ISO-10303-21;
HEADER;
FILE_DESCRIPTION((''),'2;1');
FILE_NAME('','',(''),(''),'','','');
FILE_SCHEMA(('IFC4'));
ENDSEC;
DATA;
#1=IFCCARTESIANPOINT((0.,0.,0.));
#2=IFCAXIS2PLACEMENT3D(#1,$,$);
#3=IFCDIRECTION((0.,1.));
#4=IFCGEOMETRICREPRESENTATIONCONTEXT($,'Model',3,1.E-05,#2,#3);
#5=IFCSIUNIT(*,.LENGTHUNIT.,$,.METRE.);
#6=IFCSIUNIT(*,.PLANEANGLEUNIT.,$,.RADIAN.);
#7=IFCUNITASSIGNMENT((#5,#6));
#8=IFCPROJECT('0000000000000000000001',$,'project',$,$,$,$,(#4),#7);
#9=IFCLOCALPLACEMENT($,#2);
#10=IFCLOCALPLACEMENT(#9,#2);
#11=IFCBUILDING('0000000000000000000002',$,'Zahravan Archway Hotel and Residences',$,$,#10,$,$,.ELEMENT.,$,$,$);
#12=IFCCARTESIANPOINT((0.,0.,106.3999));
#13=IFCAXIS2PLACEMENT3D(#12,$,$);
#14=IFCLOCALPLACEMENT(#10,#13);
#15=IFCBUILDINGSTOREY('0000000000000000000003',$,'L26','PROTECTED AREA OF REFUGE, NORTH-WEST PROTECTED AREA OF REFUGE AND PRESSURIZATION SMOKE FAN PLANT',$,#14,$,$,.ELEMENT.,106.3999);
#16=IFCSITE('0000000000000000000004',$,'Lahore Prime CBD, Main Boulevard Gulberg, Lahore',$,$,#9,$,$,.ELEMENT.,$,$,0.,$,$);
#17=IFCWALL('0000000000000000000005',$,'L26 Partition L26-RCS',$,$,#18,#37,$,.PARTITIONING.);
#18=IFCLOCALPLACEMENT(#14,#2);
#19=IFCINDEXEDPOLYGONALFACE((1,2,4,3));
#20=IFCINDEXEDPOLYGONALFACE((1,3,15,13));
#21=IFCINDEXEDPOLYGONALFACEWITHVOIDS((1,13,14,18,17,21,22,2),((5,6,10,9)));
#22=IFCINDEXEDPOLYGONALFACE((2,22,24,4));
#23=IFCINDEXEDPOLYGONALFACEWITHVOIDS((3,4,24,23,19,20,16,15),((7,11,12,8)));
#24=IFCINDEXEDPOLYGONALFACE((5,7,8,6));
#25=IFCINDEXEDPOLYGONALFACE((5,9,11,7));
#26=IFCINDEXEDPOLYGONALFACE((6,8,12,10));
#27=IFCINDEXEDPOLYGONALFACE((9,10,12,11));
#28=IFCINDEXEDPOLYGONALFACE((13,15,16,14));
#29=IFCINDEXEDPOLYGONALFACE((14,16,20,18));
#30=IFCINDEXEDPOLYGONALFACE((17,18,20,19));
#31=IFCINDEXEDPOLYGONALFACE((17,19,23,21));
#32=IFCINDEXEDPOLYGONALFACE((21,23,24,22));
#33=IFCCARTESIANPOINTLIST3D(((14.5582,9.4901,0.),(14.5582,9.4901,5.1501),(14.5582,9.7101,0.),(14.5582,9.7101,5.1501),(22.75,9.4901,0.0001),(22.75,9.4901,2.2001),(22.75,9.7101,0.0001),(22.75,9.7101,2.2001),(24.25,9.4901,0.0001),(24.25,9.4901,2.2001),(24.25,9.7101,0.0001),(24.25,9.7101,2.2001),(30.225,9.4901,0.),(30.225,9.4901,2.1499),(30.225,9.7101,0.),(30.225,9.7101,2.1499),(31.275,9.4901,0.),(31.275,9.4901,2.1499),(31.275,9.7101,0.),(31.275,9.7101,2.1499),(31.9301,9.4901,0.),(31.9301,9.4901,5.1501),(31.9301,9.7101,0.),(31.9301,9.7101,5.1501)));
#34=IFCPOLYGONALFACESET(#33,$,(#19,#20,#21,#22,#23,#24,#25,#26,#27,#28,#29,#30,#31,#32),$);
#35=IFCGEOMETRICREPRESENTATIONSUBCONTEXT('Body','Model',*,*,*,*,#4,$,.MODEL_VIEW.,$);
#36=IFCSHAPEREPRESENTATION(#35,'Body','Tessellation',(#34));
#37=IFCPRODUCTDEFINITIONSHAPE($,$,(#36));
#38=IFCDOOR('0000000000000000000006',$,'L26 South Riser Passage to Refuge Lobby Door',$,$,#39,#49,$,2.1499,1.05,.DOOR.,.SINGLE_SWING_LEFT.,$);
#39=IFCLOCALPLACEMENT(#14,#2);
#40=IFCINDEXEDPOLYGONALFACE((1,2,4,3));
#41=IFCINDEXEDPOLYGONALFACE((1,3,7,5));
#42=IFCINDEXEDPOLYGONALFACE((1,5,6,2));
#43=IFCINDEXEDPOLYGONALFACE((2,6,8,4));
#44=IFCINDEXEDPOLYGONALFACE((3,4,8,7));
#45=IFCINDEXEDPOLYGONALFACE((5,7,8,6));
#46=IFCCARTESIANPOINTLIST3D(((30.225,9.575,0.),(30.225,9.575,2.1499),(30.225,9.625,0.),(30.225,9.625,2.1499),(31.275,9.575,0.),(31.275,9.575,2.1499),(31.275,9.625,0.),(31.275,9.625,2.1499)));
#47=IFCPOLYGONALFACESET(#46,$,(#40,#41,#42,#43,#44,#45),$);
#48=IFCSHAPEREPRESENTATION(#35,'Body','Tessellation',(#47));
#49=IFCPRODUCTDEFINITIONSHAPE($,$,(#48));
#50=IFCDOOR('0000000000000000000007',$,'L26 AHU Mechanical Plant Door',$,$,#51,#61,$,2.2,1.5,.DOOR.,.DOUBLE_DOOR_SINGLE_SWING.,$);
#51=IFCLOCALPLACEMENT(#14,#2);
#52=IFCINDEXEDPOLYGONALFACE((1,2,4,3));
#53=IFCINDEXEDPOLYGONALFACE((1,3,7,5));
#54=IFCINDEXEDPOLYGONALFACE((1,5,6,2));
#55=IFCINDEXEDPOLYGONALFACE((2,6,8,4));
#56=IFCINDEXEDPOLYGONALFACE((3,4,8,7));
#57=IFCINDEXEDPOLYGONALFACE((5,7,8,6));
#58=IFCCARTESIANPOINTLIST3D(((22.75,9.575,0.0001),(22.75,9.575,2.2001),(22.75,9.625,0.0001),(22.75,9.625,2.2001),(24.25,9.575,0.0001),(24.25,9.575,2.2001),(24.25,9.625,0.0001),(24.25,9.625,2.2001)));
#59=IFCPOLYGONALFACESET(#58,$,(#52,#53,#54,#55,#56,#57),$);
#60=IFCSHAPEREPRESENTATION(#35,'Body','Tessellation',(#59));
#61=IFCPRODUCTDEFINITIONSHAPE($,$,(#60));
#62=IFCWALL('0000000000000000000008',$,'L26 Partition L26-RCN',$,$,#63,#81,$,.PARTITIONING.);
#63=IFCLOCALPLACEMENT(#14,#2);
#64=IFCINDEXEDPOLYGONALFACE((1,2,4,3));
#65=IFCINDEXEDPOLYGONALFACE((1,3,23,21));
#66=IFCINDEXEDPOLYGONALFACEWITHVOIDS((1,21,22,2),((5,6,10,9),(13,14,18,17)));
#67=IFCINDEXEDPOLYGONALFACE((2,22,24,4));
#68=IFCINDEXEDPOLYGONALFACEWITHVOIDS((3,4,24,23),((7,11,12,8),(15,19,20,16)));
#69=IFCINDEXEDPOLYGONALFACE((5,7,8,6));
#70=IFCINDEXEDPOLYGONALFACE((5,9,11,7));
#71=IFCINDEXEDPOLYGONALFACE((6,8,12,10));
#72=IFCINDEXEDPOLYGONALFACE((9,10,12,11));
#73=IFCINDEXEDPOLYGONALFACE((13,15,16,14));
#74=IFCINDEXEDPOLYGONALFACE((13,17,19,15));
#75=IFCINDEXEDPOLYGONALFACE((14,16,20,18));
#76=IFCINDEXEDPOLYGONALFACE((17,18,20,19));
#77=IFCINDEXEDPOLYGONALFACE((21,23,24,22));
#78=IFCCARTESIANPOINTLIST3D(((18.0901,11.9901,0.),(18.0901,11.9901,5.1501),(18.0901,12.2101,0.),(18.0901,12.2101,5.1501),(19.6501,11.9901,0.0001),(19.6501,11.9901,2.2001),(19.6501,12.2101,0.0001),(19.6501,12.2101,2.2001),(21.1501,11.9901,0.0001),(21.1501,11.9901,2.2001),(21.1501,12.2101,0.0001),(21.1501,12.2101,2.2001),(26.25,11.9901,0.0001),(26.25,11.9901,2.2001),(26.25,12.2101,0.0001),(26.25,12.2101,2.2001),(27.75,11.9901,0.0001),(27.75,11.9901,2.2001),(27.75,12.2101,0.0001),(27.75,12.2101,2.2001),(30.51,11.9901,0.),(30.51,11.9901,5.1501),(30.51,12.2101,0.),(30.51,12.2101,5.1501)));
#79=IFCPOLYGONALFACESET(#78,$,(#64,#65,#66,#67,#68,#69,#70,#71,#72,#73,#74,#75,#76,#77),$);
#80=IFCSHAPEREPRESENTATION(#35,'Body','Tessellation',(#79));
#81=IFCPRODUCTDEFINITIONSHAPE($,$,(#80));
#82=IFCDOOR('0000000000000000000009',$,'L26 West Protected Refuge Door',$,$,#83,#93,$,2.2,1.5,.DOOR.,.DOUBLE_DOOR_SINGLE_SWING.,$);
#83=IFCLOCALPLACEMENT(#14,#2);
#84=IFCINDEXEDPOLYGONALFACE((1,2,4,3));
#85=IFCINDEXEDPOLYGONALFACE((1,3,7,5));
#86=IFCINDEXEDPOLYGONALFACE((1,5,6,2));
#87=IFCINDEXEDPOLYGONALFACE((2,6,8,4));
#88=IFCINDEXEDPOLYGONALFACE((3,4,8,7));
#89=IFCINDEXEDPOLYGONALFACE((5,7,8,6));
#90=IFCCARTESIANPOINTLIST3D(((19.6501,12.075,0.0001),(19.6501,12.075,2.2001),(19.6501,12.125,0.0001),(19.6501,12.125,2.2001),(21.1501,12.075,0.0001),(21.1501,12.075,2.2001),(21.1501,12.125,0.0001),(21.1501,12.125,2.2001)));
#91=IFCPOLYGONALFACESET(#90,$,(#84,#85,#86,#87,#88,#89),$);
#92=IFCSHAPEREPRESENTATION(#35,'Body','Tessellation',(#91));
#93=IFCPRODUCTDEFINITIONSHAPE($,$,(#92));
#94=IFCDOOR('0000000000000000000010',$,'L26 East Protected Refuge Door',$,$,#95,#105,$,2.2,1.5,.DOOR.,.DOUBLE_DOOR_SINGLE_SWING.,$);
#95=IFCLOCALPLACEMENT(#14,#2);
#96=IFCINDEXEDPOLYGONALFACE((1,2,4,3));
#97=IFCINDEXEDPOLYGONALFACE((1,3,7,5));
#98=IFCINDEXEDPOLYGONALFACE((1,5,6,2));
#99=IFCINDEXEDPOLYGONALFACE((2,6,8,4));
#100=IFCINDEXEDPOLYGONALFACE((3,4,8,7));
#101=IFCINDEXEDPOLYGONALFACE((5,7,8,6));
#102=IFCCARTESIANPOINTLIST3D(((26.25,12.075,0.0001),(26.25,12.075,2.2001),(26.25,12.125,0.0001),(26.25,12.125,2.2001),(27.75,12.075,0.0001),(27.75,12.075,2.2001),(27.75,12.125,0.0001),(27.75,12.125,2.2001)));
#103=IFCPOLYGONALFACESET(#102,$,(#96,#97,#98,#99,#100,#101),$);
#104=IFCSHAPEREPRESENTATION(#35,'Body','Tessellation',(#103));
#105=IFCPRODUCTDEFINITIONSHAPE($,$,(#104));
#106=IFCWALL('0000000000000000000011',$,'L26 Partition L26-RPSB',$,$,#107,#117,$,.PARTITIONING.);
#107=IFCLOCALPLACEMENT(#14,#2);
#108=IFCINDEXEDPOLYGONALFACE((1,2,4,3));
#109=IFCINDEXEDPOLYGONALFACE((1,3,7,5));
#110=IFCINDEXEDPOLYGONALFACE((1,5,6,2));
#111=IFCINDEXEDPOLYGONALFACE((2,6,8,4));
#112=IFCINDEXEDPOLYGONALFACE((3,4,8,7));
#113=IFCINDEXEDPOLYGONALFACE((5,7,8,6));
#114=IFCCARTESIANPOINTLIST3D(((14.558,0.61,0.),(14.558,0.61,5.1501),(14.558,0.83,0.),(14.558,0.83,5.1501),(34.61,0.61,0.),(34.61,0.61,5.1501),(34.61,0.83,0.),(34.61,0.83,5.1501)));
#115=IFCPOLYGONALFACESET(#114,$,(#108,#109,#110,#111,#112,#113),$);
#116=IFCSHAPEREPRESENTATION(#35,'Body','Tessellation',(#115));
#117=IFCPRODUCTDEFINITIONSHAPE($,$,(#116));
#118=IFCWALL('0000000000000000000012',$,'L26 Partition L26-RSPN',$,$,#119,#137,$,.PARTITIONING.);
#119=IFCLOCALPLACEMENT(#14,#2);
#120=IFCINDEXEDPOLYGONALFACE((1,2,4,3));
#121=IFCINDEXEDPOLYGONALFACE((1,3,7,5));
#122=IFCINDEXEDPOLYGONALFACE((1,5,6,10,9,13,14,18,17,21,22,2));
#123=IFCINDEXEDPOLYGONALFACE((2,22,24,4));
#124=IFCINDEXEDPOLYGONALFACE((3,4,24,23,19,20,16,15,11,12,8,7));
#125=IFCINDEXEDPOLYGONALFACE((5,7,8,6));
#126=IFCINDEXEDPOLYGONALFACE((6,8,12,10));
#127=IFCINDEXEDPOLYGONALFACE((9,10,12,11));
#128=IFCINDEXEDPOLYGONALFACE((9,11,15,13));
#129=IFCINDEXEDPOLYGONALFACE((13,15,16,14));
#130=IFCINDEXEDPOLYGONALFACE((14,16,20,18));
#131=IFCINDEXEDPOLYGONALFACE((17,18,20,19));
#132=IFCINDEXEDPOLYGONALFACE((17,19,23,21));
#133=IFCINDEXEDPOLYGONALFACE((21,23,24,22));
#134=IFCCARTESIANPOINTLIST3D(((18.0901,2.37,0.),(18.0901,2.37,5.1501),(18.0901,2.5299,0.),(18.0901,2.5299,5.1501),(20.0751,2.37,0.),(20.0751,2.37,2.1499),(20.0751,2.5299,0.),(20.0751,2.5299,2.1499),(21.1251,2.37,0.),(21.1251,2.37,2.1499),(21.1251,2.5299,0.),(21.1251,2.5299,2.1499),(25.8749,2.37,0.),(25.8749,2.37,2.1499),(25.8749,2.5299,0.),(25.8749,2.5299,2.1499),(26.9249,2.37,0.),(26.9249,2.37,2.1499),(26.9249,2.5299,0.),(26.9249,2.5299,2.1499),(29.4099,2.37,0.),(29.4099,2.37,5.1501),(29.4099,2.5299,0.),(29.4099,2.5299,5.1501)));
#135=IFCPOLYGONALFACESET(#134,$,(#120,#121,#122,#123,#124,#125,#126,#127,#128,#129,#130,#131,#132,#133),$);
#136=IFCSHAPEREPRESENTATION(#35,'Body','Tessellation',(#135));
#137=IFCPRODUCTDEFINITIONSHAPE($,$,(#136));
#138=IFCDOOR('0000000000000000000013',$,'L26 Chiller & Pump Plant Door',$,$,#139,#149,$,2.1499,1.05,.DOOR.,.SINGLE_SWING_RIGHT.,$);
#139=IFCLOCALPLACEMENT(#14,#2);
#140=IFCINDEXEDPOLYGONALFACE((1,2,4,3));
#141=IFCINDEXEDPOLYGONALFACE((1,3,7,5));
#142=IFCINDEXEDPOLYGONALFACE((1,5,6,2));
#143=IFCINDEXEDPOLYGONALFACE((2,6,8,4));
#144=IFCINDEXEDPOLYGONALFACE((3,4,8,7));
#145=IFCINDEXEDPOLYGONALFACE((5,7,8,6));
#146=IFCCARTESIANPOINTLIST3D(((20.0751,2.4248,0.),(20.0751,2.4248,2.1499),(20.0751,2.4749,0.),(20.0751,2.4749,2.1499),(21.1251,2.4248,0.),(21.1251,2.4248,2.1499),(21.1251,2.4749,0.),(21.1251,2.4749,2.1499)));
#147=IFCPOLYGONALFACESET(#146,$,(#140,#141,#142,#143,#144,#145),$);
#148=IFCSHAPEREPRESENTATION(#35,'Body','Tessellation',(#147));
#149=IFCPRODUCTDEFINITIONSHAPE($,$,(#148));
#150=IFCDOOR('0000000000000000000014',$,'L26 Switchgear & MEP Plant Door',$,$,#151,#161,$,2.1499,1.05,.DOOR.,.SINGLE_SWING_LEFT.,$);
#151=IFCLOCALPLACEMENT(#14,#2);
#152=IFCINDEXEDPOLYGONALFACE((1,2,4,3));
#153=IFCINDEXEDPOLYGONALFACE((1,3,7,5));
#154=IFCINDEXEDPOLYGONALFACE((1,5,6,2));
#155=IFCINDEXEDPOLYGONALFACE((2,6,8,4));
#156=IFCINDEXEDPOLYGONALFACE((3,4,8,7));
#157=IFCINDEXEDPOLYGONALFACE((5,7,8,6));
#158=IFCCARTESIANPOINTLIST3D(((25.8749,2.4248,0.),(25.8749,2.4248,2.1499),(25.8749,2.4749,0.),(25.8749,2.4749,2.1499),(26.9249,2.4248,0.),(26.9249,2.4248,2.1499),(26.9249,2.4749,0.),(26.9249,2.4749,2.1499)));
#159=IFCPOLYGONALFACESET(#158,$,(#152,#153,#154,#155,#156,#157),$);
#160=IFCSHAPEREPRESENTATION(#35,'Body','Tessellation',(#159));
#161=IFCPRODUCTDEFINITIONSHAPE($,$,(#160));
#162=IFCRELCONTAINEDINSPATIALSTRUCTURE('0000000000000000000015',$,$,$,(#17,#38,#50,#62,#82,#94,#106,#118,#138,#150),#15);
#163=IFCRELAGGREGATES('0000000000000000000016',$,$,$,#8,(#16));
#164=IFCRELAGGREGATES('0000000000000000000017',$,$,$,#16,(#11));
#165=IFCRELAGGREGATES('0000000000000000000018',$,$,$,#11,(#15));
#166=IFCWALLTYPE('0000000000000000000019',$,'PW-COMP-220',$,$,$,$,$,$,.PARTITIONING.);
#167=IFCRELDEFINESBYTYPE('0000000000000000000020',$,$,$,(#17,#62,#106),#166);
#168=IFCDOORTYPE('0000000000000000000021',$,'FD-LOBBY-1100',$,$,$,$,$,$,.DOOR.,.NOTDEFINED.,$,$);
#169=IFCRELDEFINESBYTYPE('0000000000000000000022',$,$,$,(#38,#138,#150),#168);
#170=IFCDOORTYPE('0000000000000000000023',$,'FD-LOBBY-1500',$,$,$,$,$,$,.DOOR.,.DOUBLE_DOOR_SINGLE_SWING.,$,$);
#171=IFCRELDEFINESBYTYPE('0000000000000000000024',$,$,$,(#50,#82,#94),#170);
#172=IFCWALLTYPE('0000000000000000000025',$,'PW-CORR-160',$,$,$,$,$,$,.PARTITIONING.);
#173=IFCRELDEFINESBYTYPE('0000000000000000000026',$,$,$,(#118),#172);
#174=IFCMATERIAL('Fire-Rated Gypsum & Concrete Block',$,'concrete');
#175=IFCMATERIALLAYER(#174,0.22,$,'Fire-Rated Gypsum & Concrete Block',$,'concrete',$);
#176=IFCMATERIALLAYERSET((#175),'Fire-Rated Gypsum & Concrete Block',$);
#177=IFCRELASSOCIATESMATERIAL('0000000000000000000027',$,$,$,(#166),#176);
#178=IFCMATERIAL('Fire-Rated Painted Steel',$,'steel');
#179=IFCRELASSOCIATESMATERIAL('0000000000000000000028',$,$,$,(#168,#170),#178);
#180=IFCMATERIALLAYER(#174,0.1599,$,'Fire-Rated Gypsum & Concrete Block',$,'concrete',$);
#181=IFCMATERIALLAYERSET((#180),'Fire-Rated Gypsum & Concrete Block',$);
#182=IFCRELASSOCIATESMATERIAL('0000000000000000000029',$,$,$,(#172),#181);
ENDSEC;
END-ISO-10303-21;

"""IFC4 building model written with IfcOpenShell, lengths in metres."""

from ifc_helpers import new_model, si_unit, direction, frame, frame_2d, origin, place, context, subcontext, project, spatial, rectangle, extrude, source, transform, mapped, material, layer, layer_set, type_object, type_shapes, element, fill, save


model = new_model("IFC4")

# Units and contexts
model_context = context("Model", 3, precision=1e-05, world=origin(), true_north=direction((0.0, 1.0)))
body_context = subcontext(model_context, "Body", "Model", "MODEL_VIEW")
ifc_project = project(units=[si_unit("LENGTHUNIT", "METRE"), si_unit("PLANEANGLEUNIT", "RADIAN")], contexts=[model_context])

# Site, building, storey
site_placement = place(None, origin())
site = spatial("IfcSite", under=ifc_project, at=site_placement, Name="Lahore Prime CBD, Main Boulevard Gulberg, Lahore", CompositionType="ELEMENT", RefElevation=0.0)
building_placement = place(site_placement, origin())
building = spatial("IfcBuilding", under=site, at=building_placement, Name="Zahravan Archway Hotel and Residences", CompositionType="ELEMENT")
storey_placement = place(building_placement, frame((0.0, 0.0, 106.3999)))
storey = spatial("IfcBuildingStorey", under=building, at=storey_placement, Name="L26", Description="PROTECTED AREA OF REFUGE, NORTH-WEST PROTECTED AREA OF REFUGE AND PRESSURIZATION SMOKE FAN PLANT", CompositionType="ELEMENT", Elevation=106.3999)

# Shared definitions
ifc_material_1 = material(Name="Fire-Rated Gypsum & Concrete Block", Category="concrete")
ifc_layer_1 = layer(ifc_material_1, 0.22, Name="Fire-Rated Gypsum & Concrete Block", Category="concrete")
ifc_layer_set_1 = layer_set([ifc_layer_1], Name="Fire-Rated Gypsum & Concrete Block")
wall_type_1 = type_object("IfcWallType", Name="PW-COMP-220", PredefinedType="PARTITIONING", material=ifc_layer_set_1)

# Walls, openings, doors
wall_1_placement = place(storey_placement, frame((14.5581, 9.6001, 0.0), z_axis=(0.0, 0.0, 1.0), x_axis=(1.0, 0.0, 0.0)))
wall_1 = element("IfcWall", 1, at=wall_1_placement, inside=storey, type_object=wall_type_1, Name="L26 Partition L26-RCS", PredefinedType="PARTITIONING", context=body_context, shape_type="SweptSolid", body=[
    extrude(rectangle(XDim=17.3718, YDim=0.22, at=frame_2d((8.686, 0.0))), origin(), (0.0, 0.0, 1.0), 5.1501),
])
opening_1_placement = place(wall_1_placement, frame((15.667, 0.0, 0.0)))
opening_1 = element("IfcOpeningElement", 2, at=opening_1_placement, cuts=wall_1, PredefinedType="OPENING", context=body_context, shape_type="SweptSolid", body=[
    extrude(rectangle(XDim=1.05, YDim=2.1499, at=frame_2d((0.5249, 1.075))), frame((0.0, 0.1201, 0.0), z_axis=(0.0, -1.0, 0.0), x_axis=(1.0, 0.0, 0.0)), (0.0, 0.0, 1.0), 0.24),
])
opening_2_placement = place(wall_1_placement, frame((8.1919, 0.0, 0.0)))
opening_2 = element("IfcOpeningElement", 3, at=opening_2_placement, cuts=wall_1, PredefinedType="OPENING", context=body_context, shape_type="SweptSolid", body=[
    extrude(rectangle(XDim=1.5, YDim=2.2, at=frame_2d((0.75, 1.1001))), frame((0.0, 0.1201, 0.0), z_axis=(0.0, -1.0, 0.0), x_axis=(1.0, 0.0, 0.0)), (0.0, 0.0, 1.0), 0.24),
])
ifc_material_2 = material(Name="Fire-Rated Painted Steel", Category="steel")
door_type_1 = type_object("IfcDoorType", Name="FD-LOBBY-1100", OperationType="NOTDEFINED", PredefinedType="DOOR", material=ifc_material_2)
shared_shape_1 = source(origin(), body_context, "Body", "SweptSolid", [
    extrude(rectangle(XDim=1.05, YDim=2.1499, at=frame_2d((0.5249, 1.075))), frame((0.0, 0.0249, 0.0), z_axis=(0.0, -1.0, 0.0), x_axis=(1.0, 0.0, 0.0)), (0.0, 0.0, 1.0), 0.05),
])
type_shapes(door_type_1, [shared_shape_1])
door_1_placement = place(opening_1_placement, origin())
door_1 = element("IfcDoor", 4, at=door_1_placement, inside=storey, type_object=door_type_1, Name="L26 South Riser Passage to Refuge Lobby Door", OperationType="SINGLE_SWING_LEFT", OverallHeight=2.1499, OverallWidth=1.05, PredefinedType="DOOR", context=body_context, shape_type="MappedRepresentation", body=[
    mapped(shared_shape_1, transform((0.0, 0.0, 0.0), scale=1.0)),
])
fill(opening_1, door_1)
door_type_2 = type_object("IfcDoorType", Name="FD-LOBBY-1500", OperationType="DOUBLE_DOOR_SINGLE_SWING", PredefinedType="DOOR", material=ifc_material_2)
shared_shape_2 = source(origin(), body_context, "Body", "SweptSolid", [
    extrude(rectangle(XDim=1.5, YDim=2.2, at=frame_2d((0.75, 1.1001))), frame((0.0, 0.0249, 0.0), z_axis=(0.0, -1.0, 0.0), x_axis=(1.0, 0.0, 0.0)), (0.0, 0.0, 1.0), 0.05),
])
type_shapes(door_type_2, [shared_shape_2])
door_2_placement = place(opening_2_placement, origin())
door_2 = element("IfcDoor", 5, at=door_2_placement, inside=storey, type_object=door_type_2, Name="L26 AHU Mechanical Plant Door", OperationType="DOUBLE_DOOR_SINGLE_SWING", OverallHeight=2.2, OverallWidth=1.5, PredefinedType="DOOR", context=body_context, shape_type="MappedRepresentation", body=[
    mapped(shared_shape_2, transform((0.0, 0.0, 0.0), scale=1.0)),
])
fill(opening_2, door_2)
wall_2_placement = place(storey_placement, frame((18.0901, 12.1001, 0.0), z_axis=(0.0, 0.0, 1.0), x_axis=(1.0, 0.0, 0.0)))
wall_2 = element("IfcWall", 6, at=wall_2_placement, inside=storey, type_object=wall_type_1, Name="L26 Partition L26-RCN", PredefinedType="PARTITIONING", context=body_context, shape_type="SweptSolid", body=[
    extrude(rectangle(XDim=12.4199, YDim=0.22, at=frame_2d((6.21, 0.0))), origin(), (0.0, 0.0, 1.0), 5.1501),
])
opening_3_placement = place(wall_2_placement, frame((1.5601, 0.0, 0.0)))
opening_3 = element("IfcOpeningElement", 7, at=opening_3_placement, cuts=wall_2, PredefinedType="OPENING", context=body_context, shape_type="SweptSolid", body=[
    extrude(rectangle(XDim=1.5, YDim=2.2, at=frame_2d((0.75, 1.1001))), frame((0.0, 0.1201, 0.0), z_axis=(0.0, -1.0, 0.0), x_axis=(1.0, 0.0, 0.0)), (0.0, 0.0, 1.0), 0.24),
])
opening_4_placement = place(wall_2_placement, frame((8.1599, 0.0, 0.0)))
opening_4 = element("IfcOpeningElement", 8, at=opening_4_placement, cuts=wall_2, PredefinedType="OPENING", context=body_context, shape_type="SweptSolid", body=[
    extrude(rectangle(XDim=1.5, YDim=2.2, at=frame_2d((0.75, 1.1001))), frame((0.0, 0.1201, 0.0), z_axis=(0.0, -1.0, 0.0), x_axis=(1.0, 0.0, 0.0)), (0.0, 0.0, 1.0), 0.24),
])
door_3_placement = place(opening_3_placement, origin())
door_3 = element("IfcDoor", 9, at=door_3_placement, inside=storey, type_object=door_type_2, Name="L26 West Protected Refuge Door", OperationType="DOUBLE_DOOR_SINGLE_SWING", OverallHeight=2.2, OverallWidth=1.5, PredefinedType="DOOR", context=body_context, shape_type="MappedRepresentation", body=[
    mapped(shared_shape_2, transform((0.0, 0.0, 0.0), scale=1.0)),
])
fill(opening_3, door_3)
door_4_placement = place(opening_4_placement, origin())
door_4 = element("IfcDoor", 10, at=door_4_placement, inside=storey, type_object=door_type_2, Name="L26 East Protected Refuge Door", OperationType="DOUBLE_DOOR_SINGLE_SWING", OverallHeight=2.2, OverallWidth=1.5, PredefinedType="DOOR", context=body_context, shape_type="MappedRepresentation", body=[
    mapped(shared_shape_2, transform((0.0, 0.0, 0.0), scale=1.0)),
])
fill(opening_4, door_4)

# Wall
wall_3_placement = place(storey_placement, frame((14.5581, 0.72, 0.0), z_axis=(0.0, 0.0, 1.0), x_axis=(1.0, 0.0, 0.0)))
element("IfcWall", 11, at=wall_3_placement, inside=storey, type_object=wall_type_1, Name="L26 Partition L26-RPSB", PredefinedType="PARTITIONING", context=body_context, shape_type="SweptSolid", body=[
    extrude(rectangle(XDim=20.052, YDim=0.22, at=frame_2d((10.0259, 0.0))), origin(), (0.0, 0.0, 1.0), 5.1501),
])

# Wall, openings, doors
ifc_layer_2 = layer(ifc_material_1, 0.1599, Name="Fire-Rated Gypsum & Concrete Block", Category="concrete")
ifc_layer_set_2 = layer_set([ifc_layer_2], Name="Fire-Rated Gypsum & Concrete Block")
wall_type_2 = type_object("IfcWallType", Name="PW-CORR-160", PredefinedType="PARTITIONING", material=ifc_layer_set_2)
wall_4_placement = place(storey_placement, frame((18.0901, 2.45, 0.0), z_axis=(0.0, 0.0, 1.0), x_axis=(1.0, 0.0, 0.0)))
wall_4 = element("IfcWall", 12, at=wall_4_placement, inside=storey, type_object=wall_type_2, Name="L26 Partition L26-RSPN", PredefinedType="PARTITIONING", context=body_context, shape_type="SweptSolid", body=[
    extrude(rectangle(XDim=11.3198, YDim=0.1599, at=frame_2d((5.6599, 0.0))), origin(), (0.0, 0.0, 1.0), 5.1501),
])
opening_5_placement = place(wall_4_placement, frame((1.9851, 0.0, 0.0)))
opening_5 = element("IfcOpeningElement", 13, at=opening_5_placement, cuts=wall_4, PredefinedType="OPENING", context=body_context, shape_type="SweptSolid", body=[
    extrude(rectangle(XDim=1.05, YDim=2.1499, at=frame_2d((0.5249, 1.075))), frame((0.0, 0.0898, 0.0), z_axis=(0.0, -1.0, 0.0), x_axis=(1.0, 0.0, 0.0)), (0.0, 0.0, 1.0), 0.1799),
])
opening_6_placement = place(wall_4_placement, frame((7.7849, 0.0, 0.0)))
opening_6 = element("IfcOpeningElement", 14, at=opening_6_placement, cuts=wall_4, PredefinedType="OPENING", context=body_context, shape_type="SweptSolid", body=[
    extrude(rectangle(XDim=1.05, YDim=2.1499, at=frame_2d((0.5249, 1.075))), frame((0.0, 0.0898, 0.0), z_axis=(0.0, -1.0, 0.0), x_axis=(1.0, 0.0, 0.0)), (0.0, 0.0, 1.0), 0.1799),
])
door_5_placement = place(opening_5_placement, origin())
door_5 = element("IfcDoor", 15, at=door_5_placement, inside=storey, type_object=door_type_1, Name="L26 Chiller & Pump Plant Door", OperationType="SINGLE_SWING_RIGHT", OverallHeight=2.1499, OverallWidth=1.05, PredefinedType="DOOR", context=body_context, shape_type="MappedRepresentation", body=[
    mapped(shared_shape_1, transform((0.0, 0.0, 0.0), scale=1.0)),
])
fill(opening_5, door_5)
door_6_placement = place(opening_6_placement, origin())
door_6 = element("IfcDoor", 16, at=door_6_placement, inside=storey, type_object=door_type_1, Name="L26 Switchgear & MEP Plant Door", OperationType="SINGLE_SWING_LEFT", OverallHeight=2.1499, OverallWidth=1.05, PredefinedType="DOOR", context=body_context, shape_type="MappedRepresentation", body=[
    mapped(shared_shape_1, transform((0.0, 0.0, 0.0), scale=1.0)),
])
fill(opening_6, door_6)

save(model, "model.ifc")
